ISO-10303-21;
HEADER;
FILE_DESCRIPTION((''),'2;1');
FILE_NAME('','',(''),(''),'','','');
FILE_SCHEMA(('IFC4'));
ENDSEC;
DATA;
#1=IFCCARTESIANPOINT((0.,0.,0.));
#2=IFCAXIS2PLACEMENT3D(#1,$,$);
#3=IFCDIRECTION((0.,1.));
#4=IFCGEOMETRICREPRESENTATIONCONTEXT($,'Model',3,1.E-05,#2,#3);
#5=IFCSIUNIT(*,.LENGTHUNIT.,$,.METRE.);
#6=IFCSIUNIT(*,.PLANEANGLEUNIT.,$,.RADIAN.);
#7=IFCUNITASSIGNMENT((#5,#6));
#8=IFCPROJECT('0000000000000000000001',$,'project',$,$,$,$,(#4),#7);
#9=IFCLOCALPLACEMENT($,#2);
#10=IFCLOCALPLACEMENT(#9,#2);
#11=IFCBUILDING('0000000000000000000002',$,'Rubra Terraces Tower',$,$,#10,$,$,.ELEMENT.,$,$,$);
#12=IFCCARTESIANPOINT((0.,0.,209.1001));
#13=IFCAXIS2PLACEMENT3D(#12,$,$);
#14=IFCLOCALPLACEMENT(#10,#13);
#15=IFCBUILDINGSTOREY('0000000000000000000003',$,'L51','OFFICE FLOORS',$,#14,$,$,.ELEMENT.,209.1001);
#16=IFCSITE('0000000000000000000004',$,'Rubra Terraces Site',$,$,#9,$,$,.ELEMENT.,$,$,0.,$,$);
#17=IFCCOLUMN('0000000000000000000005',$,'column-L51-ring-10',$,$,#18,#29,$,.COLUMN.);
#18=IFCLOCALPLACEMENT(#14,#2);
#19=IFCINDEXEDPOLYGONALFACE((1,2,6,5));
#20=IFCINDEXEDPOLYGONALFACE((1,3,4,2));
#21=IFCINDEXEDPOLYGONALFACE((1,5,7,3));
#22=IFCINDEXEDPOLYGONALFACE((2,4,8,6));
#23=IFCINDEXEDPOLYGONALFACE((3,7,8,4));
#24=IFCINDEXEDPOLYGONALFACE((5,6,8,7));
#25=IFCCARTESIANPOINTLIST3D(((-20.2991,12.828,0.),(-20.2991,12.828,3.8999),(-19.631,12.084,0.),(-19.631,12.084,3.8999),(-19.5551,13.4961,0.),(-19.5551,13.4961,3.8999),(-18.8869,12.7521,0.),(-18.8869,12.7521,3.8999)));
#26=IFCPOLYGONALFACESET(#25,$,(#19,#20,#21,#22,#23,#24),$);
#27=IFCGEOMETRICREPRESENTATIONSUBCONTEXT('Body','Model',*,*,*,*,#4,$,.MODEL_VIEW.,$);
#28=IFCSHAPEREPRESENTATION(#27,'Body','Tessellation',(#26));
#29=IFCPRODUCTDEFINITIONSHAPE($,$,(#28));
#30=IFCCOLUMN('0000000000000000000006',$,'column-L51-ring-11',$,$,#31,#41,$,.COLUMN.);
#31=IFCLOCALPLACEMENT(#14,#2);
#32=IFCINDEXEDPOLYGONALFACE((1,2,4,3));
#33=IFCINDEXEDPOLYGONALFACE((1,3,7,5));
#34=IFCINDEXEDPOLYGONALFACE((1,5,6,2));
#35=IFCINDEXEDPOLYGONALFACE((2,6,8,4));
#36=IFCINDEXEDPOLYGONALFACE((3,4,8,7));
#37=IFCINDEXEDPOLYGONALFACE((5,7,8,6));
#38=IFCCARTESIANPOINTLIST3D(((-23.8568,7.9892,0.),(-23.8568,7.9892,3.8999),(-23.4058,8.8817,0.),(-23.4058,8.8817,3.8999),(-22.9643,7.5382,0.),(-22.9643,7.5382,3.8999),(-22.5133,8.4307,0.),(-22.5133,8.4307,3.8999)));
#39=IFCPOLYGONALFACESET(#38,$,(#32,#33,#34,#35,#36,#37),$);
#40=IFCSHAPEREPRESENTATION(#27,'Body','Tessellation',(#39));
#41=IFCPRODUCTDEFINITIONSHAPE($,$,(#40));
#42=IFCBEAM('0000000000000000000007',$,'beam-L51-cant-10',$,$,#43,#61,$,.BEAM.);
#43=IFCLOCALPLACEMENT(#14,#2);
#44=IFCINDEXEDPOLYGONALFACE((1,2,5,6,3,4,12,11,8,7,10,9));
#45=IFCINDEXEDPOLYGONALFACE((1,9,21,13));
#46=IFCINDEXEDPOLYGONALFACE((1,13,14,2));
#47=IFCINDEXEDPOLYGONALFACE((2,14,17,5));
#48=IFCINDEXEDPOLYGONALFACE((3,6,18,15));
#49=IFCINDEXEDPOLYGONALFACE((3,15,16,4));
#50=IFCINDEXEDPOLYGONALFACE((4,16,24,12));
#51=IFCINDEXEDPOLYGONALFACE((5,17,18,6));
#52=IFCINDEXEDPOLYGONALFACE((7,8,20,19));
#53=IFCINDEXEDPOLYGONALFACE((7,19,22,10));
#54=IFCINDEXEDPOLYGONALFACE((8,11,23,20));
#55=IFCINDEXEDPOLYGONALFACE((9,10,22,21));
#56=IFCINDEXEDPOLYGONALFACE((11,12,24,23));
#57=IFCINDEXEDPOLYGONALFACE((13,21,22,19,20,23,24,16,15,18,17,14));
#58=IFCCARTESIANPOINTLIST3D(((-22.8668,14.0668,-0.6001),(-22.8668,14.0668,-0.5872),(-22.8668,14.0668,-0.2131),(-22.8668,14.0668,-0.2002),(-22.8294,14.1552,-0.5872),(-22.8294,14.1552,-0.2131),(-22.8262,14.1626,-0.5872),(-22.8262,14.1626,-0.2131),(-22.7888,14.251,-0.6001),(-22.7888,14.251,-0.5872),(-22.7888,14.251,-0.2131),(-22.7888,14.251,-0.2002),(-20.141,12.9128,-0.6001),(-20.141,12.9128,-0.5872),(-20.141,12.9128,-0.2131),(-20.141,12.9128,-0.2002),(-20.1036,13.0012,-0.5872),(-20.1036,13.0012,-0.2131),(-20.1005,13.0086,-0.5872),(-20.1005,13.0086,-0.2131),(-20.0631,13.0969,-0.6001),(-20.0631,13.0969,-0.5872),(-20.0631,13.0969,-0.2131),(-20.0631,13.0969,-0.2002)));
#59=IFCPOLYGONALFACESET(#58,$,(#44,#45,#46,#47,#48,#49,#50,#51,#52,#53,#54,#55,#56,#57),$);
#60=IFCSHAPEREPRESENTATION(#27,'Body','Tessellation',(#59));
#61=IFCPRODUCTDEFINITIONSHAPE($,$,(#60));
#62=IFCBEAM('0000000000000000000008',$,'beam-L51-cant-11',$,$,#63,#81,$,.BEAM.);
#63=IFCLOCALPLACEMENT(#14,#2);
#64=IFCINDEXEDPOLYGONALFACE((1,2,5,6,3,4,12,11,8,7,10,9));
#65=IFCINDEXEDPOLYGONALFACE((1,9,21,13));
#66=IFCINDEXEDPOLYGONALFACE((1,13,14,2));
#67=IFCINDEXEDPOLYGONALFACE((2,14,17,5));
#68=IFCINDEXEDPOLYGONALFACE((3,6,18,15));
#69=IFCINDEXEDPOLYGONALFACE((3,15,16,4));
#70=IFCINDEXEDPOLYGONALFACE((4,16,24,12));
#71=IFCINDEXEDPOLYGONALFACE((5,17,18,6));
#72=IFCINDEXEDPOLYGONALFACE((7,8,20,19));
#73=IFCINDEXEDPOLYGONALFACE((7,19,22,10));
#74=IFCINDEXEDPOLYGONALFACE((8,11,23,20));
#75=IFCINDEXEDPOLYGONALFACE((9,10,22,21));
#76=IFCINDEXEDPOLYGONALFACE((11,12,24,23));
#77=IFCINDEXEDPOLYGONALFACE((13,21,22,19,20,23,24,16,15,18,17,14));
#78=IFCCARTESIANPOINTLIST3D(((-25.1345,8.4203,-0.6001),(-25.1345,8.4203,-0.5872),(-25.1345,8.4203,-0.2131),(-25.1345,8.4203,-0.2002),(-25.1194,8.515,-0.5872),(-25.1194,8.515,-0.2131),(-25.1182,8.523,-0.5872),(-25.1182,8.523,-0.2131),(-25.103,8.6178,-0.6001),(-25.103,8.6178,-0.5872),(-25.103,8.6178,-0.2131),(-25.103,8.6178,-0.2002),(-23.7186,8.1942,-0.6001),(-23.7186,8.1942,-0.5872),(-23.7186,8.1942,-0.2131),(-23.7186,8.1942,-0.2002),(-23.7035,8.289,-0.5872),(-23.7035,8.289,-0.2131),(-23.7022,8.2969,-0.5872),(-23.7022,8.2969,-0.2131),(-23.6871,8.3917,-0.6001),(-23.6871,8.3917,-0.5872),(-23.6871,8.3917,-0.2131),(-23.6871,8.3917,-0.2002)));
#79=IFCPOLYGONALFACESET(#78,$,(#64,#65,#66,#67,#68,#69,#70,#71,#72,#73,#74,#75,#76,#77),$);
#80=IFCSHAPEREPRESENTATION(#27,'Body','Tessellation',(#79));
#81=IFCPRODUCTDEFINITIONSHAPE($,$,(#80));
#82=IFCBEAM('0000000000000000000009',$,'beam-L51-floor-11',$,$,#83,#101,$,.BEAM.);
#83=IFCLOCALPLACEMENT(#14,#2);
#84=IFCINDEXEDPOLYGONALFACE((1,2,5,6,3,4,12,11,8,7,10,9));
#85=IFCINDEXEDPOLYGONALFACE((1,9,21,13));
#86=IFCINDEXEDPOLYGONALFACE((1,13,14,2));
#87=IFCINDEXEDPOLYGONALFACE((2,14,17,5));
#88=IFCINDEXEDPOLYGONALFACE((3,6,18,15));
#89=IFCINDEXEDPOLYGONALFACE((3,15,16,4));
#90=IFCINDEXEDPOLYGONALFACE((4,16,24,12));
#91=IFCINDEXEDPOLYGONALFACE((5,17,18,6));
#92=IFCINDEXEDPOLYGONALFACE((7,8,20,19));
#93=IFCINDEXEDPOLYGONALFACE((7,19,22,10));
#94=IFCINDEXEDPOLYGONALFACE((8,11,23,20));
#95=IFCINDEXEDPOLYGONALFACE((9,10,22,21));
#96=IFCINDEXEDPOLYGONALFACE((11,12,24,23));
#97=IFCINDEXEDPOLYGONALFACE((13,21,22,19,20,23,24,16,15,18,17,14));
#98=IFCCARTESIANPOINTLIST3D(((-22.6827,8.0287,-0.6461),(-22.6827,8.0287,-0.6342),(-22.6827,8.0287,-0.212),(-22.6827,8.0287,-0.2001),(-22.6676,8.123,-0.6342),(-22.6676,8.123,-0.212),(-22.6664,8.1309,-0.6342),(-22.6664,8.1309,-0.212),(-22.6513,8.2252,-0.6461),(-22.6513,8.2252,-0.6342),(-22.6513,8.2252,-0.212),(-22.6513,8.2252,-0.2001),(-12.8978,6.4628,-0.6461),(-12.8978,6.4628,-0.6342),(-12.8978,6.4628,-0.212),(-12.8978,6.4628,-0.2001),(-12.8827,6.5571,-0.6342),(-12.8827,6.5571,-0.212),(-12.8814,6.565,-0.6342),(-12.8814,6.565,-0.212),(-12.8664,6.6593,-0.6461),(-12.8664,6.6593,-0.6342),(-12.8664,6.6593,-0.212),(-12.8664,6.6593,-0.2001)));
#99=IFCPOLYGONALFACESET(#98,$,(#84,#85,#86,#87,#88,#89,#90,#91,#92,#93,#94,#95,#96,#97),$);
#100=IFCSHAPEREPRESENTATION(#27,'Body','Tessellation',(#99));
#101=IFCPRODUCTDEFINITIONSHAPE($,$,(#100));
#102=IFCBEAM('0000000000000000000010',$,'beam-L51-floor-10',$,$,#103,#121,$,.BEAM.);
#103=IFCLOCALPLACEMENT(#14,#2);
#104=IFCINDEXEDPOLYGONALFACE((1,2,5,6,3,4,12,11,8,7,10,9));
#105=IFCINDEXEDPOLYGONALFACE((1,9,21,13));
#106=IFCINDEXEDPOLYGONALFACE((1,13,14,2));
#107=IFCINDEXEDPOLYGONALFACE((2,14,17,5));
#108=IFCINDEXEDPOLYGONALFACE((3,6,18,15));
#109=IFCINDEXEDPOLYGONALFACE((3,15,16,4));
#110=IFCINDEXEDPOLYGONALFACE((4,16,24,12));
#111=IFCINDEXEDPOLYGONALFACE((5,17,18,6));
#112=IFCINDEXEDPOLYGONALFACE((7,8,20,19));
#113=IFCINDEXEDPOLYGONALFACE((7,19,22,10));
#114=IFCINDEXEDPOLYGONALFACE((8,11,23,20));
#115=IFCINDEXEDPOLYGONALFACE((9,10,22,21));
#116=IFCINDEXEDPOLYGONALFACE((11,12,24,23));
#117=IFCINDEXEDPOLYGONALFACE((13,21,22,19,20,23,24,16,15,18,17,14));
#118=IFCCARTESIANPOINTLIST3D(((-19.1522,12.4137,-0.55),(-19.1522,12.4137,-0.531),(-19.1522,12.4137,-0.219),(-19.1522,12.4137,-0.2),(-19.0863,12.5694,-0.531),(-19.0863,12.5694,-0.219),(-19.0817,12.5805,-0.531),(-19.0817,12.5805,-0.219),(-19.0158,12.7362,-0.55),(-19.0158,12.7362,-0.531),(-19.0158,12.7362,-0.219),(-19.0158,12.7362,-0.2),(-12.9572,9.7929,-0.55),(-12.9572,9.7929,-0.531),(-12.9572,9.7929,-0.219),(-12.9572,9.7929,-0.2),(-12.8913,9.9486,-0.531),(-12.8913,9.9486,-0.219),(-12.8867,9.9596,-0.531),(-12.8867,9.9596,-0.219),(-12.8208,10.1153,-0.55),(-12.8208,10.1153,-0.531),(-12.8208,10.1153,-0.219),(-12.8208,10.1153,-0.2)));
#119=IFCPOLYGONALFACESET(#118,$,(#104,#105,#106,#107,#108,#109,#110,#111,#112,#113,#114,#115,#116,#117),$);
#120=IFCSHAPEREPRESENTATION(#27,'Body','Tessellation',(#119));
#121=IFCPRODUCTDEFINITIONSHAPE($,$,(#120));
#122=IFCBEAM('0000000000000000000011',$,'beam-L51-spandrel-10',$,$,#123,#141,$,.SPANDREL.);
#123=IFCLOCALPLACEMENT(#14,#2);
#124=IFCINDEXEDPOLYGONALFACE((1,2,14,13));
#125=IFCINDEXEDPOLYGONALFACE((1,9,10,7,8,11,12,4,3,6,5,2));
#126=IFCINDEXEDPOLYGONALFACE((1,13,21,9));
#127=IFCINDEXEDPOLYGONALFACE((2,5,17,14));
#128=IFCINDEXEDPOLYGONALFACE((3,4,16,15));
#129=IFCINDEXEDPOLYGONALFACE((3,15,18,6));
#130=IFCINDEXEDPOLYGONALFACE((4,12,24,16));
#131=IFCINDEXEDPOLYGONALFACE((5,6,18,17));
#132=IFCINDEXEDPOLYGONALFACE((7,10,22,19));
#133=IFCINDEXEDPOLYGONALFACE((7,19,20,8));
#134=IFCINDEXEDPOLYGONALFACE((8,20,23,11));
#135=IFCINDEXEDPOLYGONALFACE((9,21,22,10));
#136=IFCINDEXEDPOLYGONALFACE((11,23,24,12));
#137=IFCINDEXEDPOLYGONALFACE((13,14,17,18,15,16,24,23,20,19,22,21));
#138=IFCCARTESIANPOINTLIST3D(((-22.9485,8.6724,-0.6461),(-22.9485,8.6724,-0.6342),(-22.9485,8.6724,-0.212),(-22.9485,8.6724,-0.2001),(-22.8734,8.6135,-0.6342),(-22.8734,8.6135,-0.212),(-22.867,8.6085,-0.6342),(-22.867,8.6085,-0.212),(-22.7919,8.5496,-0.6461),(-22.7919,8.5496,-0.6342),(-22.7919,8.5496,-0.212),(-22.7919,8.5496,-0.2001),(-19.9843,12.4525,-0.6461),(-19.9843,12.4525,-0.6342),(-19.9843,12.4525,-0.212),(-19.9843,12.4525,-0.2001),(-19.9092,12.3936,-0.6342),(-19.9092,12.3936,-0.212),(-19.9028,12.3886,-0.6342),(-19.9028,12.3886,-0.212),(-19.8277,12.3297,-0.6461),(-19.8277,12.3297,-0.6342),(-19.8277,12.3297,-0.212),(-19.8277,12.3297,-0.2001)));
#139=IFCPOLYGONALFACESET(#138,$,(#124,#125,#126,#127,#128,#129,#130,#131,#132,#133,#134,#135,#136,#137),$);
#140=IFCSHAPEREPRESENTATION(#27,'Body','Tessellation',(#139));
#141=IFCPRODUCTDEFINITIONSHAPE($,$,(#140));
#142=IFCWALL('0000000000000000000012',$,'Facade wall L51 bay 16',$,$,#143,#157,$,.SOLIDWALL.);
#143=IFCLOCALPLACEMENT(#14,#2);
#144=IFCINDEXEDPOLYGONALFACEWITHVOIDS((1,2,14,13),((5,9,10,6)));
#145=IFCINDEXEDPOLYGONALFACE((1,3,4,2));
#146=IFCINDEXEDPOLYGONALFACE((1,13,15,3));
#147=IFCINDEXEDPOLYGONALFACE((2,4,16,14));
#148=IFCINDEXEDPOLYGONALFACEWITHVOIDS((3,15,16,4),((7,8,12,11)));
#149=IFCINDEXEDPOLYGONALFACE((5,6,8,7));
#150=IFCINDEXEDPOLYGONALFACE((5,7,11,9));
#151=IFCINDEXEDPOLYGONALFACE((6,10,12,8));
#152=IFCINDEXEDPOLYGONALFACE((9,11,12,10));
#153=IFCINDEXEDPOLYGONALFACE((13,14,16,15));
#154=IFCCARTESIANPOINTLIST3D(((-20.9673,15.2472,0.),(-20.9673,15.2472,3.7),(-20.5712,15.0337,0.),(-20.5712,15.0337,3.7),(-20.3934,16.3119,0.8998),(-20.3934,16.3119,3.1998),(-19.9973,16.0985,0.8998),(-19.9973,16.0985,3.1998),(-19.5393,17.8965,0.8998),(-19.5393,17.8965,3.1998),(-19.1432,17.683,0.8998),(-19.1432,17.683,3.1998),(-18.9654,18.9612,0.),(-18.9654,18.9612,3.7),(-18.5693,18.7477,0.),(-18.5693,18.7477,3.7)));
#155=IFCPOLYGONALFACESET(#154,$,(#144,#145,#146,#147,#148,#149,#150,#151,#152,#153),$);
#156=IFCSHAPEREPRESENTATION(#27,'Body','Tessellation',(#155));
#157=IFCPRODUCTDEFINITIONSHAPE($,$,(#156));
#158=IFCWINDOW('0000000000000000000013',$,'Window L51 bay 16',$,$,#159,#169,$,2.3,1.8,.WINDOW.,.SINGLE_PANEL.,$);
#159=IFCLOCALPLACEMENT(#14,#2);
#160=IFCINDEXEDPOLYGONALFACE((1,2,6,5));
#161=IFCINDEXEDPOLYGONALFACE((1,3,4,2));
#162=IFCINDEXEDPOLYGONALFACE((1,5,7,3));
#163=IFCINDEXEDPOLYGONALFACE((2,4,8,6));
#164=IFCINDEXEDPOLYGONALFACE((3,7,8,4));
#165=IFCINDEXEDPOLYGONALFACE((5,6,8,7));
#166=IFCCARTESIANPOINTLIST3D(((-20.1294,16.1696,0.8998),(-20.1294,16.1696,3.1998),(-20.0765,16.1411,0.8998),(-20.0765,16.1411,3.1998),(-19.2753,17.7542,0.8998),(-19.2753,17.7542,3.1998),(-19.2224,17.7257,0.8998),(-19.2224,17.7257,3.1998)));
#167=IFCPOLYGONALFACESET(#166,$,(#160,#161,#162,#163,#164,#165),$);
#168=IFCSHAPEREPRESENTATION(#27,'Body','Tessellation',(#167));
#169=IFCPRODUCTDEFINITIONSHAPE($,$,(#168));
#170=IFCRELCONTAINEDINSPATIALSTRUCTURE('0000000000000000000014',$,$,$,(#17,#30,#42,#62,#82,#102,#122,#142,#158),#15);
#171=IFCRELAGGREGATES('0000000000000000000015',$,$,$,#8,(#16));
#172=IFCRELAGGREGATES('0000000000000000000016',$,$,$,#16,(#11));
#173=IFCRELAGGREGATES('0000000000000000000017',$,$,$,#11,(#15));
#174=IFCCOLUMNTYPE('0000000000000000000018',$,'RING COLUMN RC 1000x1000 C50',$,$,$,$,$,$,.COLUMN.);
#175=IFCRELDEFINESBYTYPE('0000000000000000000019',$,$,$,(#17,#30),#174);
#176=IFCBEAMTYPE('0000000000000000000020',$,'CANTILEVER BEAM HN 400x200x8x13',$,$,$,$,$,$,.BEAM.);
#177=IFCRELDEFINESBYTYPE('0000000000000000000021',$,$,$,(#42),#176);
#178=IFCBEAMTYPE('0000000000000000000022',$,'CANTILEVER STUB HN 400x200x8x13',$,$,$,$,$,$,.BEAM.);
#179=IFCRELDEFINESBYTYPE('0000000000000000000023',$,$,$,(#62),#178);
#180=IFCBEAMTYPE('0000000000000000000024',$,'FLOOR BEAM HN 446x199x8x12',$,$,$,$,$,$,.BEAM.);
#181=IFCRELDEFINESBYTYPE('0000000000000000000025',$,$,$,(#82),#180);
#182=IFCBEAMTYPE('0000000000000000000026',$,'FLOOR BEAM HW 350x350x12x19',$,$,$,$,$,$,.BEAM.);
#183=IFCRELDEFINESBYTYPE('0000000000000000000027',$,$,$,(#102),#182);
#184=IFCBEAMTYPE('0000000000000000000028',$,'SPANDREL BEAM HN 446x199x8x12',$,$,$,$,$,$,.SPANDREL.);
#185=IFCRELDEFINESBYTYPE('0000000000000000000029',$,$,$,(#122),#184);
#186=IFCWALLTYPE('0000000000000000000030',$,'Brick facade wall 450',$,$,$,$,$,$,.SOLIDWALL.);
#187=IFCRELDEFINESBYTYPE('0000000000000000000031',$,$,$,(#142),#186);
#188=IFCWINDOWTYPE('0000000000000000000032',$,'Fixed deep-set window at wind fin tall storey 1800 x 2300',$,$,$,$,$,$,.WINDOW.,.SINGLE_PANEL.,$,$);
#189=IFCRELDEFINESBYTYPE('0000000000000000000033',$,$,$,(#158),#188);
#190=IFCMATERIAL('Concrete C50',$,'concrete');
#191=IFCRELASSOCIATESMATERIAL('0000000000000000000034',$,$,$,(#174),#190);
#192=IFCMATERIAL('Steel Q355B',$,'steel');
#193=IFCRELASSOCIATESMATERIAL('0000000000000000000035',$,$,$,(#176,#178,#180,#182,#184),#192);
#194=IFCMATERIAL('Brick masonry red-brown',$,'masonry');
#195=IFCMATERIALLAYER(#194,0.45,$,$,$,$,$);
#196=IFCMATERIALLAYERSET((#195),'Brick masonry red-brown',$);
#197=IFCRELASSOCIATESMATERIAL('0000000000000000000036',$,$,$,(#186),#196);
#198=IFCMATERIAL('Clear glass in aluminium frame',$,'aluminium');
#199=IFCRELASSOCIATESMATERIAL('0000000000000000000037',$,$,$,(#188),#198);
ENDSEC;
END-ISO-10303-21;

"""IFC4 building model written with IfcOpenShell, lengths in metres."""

from ifc_helpers import new_model, si_unit, direction, frame, frame_2d, origin, origin_2d, place, context, subcontext, project, spatial, rectangle, i_section, extrude, material, layer, layer_set, material_profile, profile_set, type_object, element, fill, save


model = new_model("IFC4")

# Units and contexts
model_context = context("Model", 3, precision=1e-05, world=origin(), true_north=direction((0.0, 1.0)))
body_context = subcontext(model_context, "Body", "Model", "MODEL_VIEW")
ifc_project = project(units=[si_unit("LENGTHUNIT", "METRE"), si_unit("PLANEANGLEUNIT", "RADIAN")], contexts=[model_context])

# Site, building, storey
site_placement = place(None, origin())
site = spatial("IfcSite", under=ifc_project, at=site_placement, Name="Rubra Terraces Site", CompositionType="ELEMENT", RefElevation=0.0)
building_placement = place(site_placement, origin())
building = spatial("IfcBuilding", under=site, at=building_placement, Name="Rubra Terraces Tower", CompositionType="ELEMENT")
storey_placement = place(building_placement, frame((0.0, 0.0, 209.1001)))
storey = spatial("IfcBuildingStorey", under=building, at=storey_placement, Name="L51", Description="OFFICE FLOORS", CompositionType="ELEMENT", Elevation=209.1001)

# Columns
ifc_material_1 = material(Name="Concrete C50", Category="concrete")
ifc_material_profile_1 = material_profile(ifc_material_1, rectangle(XDim=1.0, YDim=1.0, at=origin_2d()), Name="RC 1000x1000")
ifc_profile_set_1 = profile_set([ifc_material_profile_1], Name="Concrete C50")
column_type = type_object("IfcColumnType", Name="RING COLUMN RC 1000x1000 C50", PredefinedType="COLUMN", material=ifc_profile_set_1)
for number, where, z_axis, x_axis, name in (
    (1, (-19.593, 12.79, 0.0), (0.0, 0.0, 1.0), (-0.744021, -0.668156, 0.0), "column-L51-ring-10"),
    (2, (-23.1851, 8.21, 0.0), (0.0, 0.0, 1.0), (-0.451028, -0.89251, 0.0), "column-L51-ring-11"),
):
    element("IfcColumn", number, at=place(storey_placement, frame(where, z_axis=z_axis, x_axis=x_axis)), inside=storey, type_object=column_type, Name=name, PredefinedType="COLUMN", context=body_context, shape_type="SweptSolid", body=[
        extrude(rectangle(XDim=1.0, YDim=1.0, at=origin_2d()), origin(), (0.0, 0.0, 1.0), 3.8999),
    ])

# Beams
ifc_material_2 = material(Name="Steel Q355B", Category="steel")
ifc_material_profile_2 = material_profile(ifc_material_2, i_section(OverallWidth=0.2, OverallDepth=0.3999, WebThickness=0.0081, FlangeThickness=0.0129, at=origin_2d()), Name="HN 400x200x8x13")
ifc_profile_set_2 = profile_set([ifc_material_profile_2], Name="Steel Q355B")
beam_type_1 = type_object("IfcBeamType", Name="CANTILEVER BEAM HN 400x200x8x13", PredefinedType="BEAM", material=ifc_profile_set_2)
beam_1_placement = place(storey_placement, frame((-20.1021, 13.0049, -0.4001), z_axis=(-0.920868, 0.389874, 0.0), x_axis=(-0.389874, -0.920868, 0.0)))
element("IfcBeam", 3, at=beam_1_placement, inside=storey, type_object=beam_type_1, Name="beam-L51-cant-10", PredefinedType="BEAM", context=body_context, shape_type="SweptSolid", body=[
    extrude(i_section(OverallWidth=0.2, OverallDepth=0.3999, WebThickness=0.0081, FlangeThickness=0.0129, at=origin_2d()), origin(), (0.0, 0.0, 1.0), 2.96),
])
ifc_material_profile_3 = material_profile(ifc_material_2, i_section(OverallWidth=0.2, OverallDepth=0.3999, WebThickness=0.0081, FlangeThickness=0.0129, at=origin_2d()), Name="HN 400x200x8x13")
ifc_profile_set_3 = profile_set([ifc_material_profile_3], Name="Steel Q355B")
beam_type_2 = type_object("IfcBeamType", Name="CANTILEVER STUB HN 400x200x8x13", PredefinedType="BEAM", material=ifc_profile_set_3)
beam_2_placement = place(storey_placement, frame((-23.7029, 8.293, -0.4001), z_axis=(-0.987494, 0.157658, 0.0), x_axis=(-0.157658, -0.987494, 0.0)))
element("IfcBeam", 4, at=beam_2_placement, inside=storey, type_object=beam_type_2, Name="beam-L51-cant-11", PredefinedType="BEAM", context=body_context, shape_type="SweptSolid", body=[
    extrude(i_section(OverallWidth=0.2, OverallDepth=0.3999, WebThickness=0.0081, FlangeThickness=0.0129, at=origin_2d()), origin(), (0.0, 0.0, 1.0), 1.4338),
])
ifc_material_profile_4 = material_profile(ifc_material_2, i_section(OverallWidth=0.199, OverallDepth=0.446, WebThickness=0.0081, FlangeThickness=0.012, at=origin_2d()), Name="HN 446x199x8x12")
ifc_profile_set_4 = profile_set([ifc_material_profile_4], Name="Steel Q355B")
beam_type_3 = type_object("IfcBeamType", Name="FLOOR BEAM HN 446x199x8x12", PredefinedType="BEAM", material=ifc_profile_set_4)
beam_3_placement = place(storey_placement, frame((-22.667, 8.127, -0.4231), z_axis=(0.987435, -0.158023, 0.0), x_axis=(0.158023, 0.987435, 0.0)))
element("IfcBeam", 5, at=beam_3_placement, inside=storey, type_object=beam_type_3, Name="beam-L51-floor-11", PredefinedType="BEAM", context=body_context, shape_type="SweptSolid", body=[
    extrude(i_section(OverallWidth=0.199, OverallDepth=0.446, WebThickness=0.0081, FlangeThickness=0.012, at=origin_2d()), origin(), (0.0, 0.0, 1.0), 9.9094),
])
ifc_material_profile_5 = material_profile(ifc_material_2, i_section(OverallWidth=0.3501, OverallDepth=0.3501, WebThickness=0.012, FlangeThickness=0.019, at=origin_2d()), Name="HW 350x350x12x19")
ifc_profile_set_5 = profile_set([ifc_material_profile_5], Name="Steel Q355B")
beam_type_4 = type_object("IfcBeamType", Name="FLOOR BEAM HW 350x350x12x19", PredefinedType="BEAM", material=ifc_profile_set_5)
beam_4_placement = place(storey_placement, frame((-19.084, 12.575, -0.375), z_axis=(0.920975, -0.389622, 0.0), x_axis=(0.389622, 0.920975, 0.0)))
element("IfcBeam", 6, at=beam_4_placement, inside=storey, type_object=beam_type_4, Name="beam-L51-floor-10", PredefinedType="BEAM", context=body_context, shape_type="SweptSolid", body=[
    extrude(i_section(OverallWidth=0.3501, OverallDepth=0.3501, WebThickness=0.012, FlangeThickness=0.019, at=origin_2d()), origin(), (0.0, 0.0, 1.0), 6.7266),
])
ifc_material_profile_6 = material_profile(ifc_material_2, i_section(OverallWidth=0.199, OverallDepth=0.446, WebThickness=0.0081, FlangeThickness=0.012, at=origin_2d()), Name="HN 446x199x8x12")
ifc_profile_set_6 = profile_set([ifc_material_profile_6], Name="Steel Q355B")
beam_type_5 = type_object("IfcBeamType", Name="SPANDREL BEAM HN 446x199x8x12", PredefinedType="SPANDREL", material=ifc_profile_set_6)
beam_5_placement = place(storey_placement, frame((-19.906, 12.3911, -0.4231), z_axis=(-0.61706, -0.786916, 0.0), x_axis=(0.786916, -0.61706, 0.0)))
element("IfcBeam", 7, at=beam_5_placement, inside=storey, type_object=beam_type_5, Name="beam-L51-spandrel-10", PredefinedType="SPANDREL", context=body_context, shape_type="SweptSolid", body=[
    extrude(i_section(OverallWidth=0.199, OverallDepth=0.446, WebThickness=0.0081, FlangeThickness=0.012, at=origin_2d()), origin(), (0.0, 0.0, 1.0), 4.8037),
])

# Wall, opening, window
ifc_material_3 = material(Name="Brick masonry red-brown", Category="masonry")
ifc_layer_1 = layer(ifc_material_3, 0.45)
ifc_layer_set_1 = layer_set([ifc_layer_1], Name="Brick masonry red-brown")
wall_type_1 = type_object("IfcWallType", Name="Brick facade wall 450", PredefinedType="SOLIDWALL", material=ifc_layer_set_1)
wall_1_placement = place(storey_placement, frame((-18.7673, 18.8545, 0.0), z_axis=(0.0, 0.0, 1.0), x_axis=(-0.474476, -0.880268, 0.0)))
wall_1 = element("IfcWall", 8, at=wall_1_placement, inside=storey, type_object=wall_type_1, Name="Facade wall L51 bay 16", PredefinedType="SOLIDWALL", context=body_context, shape_type="SweptSolid", body=[
    extrude(rectangle(XDim=4.2192, YDim=0.45, at=frame_2d((2.1096, 0.0))), origin(), (0.0, 0.0, 1.0), 3.7),
])
opening_1_placement = place(wall_1_placement, frame((1.2097, 0.0, 0.8999)))
opening_1 = element("IfcOpeningElement", 9, at=opening_1_placement, cuts=wall_1, PredefinedType="OPENING", context=body_context, shape_type="SweptSolid", body=[
    extrude(rectangle(XDim=1.8, YDim=2.3, at=frame_2d((0.8999, 1.1499))), frame((0.0, 0.2349, 0.0), z_axis=(0.0, -1.0, 0.0), x_axis=(1.0, 0.0, 0.0)), (0.0, 0.0, 1.0), 0.47),
])
ifc_material_4 = material(Name="Clear glass in aluminium frame", Category="aluminium")
window_type_1 = type_object("IfcWindowType", Name="Fixed deep-set window at wind fin tall storey 1800 x 2300", PartitioningType="SINGLE_PANEL", PredefinedType="WINDOW", material=ifc_material_4)
window_1_placement = place(opening_1_placement, origin())
window_1 = element("IfcWindow", 10, at=window_1_placement, inside=storey, type_object=window_type_1, Name="Window L51 bay 16", OverallHeight=2.3, OverallWidth=1.8, PartitioningType="SINGLE_PANEL", PredefinedType="WINDOW", context=body_context, shape_type="SweptSolid", body=[
    extrude(rectangle(XDim=1.8, YDim=2.3, at=frame_2d((0.8999, 1.1499))), frame((0.0, 0.135, 0.0), z_axis=(0.0, -1.0, 0.0), x_axis=(1.0, 0.0, 0.0)), (0.0, 0.0, 1.0), 0.0601),
])
fill(opening_1, window_1)

save(model, "model.ifc")
